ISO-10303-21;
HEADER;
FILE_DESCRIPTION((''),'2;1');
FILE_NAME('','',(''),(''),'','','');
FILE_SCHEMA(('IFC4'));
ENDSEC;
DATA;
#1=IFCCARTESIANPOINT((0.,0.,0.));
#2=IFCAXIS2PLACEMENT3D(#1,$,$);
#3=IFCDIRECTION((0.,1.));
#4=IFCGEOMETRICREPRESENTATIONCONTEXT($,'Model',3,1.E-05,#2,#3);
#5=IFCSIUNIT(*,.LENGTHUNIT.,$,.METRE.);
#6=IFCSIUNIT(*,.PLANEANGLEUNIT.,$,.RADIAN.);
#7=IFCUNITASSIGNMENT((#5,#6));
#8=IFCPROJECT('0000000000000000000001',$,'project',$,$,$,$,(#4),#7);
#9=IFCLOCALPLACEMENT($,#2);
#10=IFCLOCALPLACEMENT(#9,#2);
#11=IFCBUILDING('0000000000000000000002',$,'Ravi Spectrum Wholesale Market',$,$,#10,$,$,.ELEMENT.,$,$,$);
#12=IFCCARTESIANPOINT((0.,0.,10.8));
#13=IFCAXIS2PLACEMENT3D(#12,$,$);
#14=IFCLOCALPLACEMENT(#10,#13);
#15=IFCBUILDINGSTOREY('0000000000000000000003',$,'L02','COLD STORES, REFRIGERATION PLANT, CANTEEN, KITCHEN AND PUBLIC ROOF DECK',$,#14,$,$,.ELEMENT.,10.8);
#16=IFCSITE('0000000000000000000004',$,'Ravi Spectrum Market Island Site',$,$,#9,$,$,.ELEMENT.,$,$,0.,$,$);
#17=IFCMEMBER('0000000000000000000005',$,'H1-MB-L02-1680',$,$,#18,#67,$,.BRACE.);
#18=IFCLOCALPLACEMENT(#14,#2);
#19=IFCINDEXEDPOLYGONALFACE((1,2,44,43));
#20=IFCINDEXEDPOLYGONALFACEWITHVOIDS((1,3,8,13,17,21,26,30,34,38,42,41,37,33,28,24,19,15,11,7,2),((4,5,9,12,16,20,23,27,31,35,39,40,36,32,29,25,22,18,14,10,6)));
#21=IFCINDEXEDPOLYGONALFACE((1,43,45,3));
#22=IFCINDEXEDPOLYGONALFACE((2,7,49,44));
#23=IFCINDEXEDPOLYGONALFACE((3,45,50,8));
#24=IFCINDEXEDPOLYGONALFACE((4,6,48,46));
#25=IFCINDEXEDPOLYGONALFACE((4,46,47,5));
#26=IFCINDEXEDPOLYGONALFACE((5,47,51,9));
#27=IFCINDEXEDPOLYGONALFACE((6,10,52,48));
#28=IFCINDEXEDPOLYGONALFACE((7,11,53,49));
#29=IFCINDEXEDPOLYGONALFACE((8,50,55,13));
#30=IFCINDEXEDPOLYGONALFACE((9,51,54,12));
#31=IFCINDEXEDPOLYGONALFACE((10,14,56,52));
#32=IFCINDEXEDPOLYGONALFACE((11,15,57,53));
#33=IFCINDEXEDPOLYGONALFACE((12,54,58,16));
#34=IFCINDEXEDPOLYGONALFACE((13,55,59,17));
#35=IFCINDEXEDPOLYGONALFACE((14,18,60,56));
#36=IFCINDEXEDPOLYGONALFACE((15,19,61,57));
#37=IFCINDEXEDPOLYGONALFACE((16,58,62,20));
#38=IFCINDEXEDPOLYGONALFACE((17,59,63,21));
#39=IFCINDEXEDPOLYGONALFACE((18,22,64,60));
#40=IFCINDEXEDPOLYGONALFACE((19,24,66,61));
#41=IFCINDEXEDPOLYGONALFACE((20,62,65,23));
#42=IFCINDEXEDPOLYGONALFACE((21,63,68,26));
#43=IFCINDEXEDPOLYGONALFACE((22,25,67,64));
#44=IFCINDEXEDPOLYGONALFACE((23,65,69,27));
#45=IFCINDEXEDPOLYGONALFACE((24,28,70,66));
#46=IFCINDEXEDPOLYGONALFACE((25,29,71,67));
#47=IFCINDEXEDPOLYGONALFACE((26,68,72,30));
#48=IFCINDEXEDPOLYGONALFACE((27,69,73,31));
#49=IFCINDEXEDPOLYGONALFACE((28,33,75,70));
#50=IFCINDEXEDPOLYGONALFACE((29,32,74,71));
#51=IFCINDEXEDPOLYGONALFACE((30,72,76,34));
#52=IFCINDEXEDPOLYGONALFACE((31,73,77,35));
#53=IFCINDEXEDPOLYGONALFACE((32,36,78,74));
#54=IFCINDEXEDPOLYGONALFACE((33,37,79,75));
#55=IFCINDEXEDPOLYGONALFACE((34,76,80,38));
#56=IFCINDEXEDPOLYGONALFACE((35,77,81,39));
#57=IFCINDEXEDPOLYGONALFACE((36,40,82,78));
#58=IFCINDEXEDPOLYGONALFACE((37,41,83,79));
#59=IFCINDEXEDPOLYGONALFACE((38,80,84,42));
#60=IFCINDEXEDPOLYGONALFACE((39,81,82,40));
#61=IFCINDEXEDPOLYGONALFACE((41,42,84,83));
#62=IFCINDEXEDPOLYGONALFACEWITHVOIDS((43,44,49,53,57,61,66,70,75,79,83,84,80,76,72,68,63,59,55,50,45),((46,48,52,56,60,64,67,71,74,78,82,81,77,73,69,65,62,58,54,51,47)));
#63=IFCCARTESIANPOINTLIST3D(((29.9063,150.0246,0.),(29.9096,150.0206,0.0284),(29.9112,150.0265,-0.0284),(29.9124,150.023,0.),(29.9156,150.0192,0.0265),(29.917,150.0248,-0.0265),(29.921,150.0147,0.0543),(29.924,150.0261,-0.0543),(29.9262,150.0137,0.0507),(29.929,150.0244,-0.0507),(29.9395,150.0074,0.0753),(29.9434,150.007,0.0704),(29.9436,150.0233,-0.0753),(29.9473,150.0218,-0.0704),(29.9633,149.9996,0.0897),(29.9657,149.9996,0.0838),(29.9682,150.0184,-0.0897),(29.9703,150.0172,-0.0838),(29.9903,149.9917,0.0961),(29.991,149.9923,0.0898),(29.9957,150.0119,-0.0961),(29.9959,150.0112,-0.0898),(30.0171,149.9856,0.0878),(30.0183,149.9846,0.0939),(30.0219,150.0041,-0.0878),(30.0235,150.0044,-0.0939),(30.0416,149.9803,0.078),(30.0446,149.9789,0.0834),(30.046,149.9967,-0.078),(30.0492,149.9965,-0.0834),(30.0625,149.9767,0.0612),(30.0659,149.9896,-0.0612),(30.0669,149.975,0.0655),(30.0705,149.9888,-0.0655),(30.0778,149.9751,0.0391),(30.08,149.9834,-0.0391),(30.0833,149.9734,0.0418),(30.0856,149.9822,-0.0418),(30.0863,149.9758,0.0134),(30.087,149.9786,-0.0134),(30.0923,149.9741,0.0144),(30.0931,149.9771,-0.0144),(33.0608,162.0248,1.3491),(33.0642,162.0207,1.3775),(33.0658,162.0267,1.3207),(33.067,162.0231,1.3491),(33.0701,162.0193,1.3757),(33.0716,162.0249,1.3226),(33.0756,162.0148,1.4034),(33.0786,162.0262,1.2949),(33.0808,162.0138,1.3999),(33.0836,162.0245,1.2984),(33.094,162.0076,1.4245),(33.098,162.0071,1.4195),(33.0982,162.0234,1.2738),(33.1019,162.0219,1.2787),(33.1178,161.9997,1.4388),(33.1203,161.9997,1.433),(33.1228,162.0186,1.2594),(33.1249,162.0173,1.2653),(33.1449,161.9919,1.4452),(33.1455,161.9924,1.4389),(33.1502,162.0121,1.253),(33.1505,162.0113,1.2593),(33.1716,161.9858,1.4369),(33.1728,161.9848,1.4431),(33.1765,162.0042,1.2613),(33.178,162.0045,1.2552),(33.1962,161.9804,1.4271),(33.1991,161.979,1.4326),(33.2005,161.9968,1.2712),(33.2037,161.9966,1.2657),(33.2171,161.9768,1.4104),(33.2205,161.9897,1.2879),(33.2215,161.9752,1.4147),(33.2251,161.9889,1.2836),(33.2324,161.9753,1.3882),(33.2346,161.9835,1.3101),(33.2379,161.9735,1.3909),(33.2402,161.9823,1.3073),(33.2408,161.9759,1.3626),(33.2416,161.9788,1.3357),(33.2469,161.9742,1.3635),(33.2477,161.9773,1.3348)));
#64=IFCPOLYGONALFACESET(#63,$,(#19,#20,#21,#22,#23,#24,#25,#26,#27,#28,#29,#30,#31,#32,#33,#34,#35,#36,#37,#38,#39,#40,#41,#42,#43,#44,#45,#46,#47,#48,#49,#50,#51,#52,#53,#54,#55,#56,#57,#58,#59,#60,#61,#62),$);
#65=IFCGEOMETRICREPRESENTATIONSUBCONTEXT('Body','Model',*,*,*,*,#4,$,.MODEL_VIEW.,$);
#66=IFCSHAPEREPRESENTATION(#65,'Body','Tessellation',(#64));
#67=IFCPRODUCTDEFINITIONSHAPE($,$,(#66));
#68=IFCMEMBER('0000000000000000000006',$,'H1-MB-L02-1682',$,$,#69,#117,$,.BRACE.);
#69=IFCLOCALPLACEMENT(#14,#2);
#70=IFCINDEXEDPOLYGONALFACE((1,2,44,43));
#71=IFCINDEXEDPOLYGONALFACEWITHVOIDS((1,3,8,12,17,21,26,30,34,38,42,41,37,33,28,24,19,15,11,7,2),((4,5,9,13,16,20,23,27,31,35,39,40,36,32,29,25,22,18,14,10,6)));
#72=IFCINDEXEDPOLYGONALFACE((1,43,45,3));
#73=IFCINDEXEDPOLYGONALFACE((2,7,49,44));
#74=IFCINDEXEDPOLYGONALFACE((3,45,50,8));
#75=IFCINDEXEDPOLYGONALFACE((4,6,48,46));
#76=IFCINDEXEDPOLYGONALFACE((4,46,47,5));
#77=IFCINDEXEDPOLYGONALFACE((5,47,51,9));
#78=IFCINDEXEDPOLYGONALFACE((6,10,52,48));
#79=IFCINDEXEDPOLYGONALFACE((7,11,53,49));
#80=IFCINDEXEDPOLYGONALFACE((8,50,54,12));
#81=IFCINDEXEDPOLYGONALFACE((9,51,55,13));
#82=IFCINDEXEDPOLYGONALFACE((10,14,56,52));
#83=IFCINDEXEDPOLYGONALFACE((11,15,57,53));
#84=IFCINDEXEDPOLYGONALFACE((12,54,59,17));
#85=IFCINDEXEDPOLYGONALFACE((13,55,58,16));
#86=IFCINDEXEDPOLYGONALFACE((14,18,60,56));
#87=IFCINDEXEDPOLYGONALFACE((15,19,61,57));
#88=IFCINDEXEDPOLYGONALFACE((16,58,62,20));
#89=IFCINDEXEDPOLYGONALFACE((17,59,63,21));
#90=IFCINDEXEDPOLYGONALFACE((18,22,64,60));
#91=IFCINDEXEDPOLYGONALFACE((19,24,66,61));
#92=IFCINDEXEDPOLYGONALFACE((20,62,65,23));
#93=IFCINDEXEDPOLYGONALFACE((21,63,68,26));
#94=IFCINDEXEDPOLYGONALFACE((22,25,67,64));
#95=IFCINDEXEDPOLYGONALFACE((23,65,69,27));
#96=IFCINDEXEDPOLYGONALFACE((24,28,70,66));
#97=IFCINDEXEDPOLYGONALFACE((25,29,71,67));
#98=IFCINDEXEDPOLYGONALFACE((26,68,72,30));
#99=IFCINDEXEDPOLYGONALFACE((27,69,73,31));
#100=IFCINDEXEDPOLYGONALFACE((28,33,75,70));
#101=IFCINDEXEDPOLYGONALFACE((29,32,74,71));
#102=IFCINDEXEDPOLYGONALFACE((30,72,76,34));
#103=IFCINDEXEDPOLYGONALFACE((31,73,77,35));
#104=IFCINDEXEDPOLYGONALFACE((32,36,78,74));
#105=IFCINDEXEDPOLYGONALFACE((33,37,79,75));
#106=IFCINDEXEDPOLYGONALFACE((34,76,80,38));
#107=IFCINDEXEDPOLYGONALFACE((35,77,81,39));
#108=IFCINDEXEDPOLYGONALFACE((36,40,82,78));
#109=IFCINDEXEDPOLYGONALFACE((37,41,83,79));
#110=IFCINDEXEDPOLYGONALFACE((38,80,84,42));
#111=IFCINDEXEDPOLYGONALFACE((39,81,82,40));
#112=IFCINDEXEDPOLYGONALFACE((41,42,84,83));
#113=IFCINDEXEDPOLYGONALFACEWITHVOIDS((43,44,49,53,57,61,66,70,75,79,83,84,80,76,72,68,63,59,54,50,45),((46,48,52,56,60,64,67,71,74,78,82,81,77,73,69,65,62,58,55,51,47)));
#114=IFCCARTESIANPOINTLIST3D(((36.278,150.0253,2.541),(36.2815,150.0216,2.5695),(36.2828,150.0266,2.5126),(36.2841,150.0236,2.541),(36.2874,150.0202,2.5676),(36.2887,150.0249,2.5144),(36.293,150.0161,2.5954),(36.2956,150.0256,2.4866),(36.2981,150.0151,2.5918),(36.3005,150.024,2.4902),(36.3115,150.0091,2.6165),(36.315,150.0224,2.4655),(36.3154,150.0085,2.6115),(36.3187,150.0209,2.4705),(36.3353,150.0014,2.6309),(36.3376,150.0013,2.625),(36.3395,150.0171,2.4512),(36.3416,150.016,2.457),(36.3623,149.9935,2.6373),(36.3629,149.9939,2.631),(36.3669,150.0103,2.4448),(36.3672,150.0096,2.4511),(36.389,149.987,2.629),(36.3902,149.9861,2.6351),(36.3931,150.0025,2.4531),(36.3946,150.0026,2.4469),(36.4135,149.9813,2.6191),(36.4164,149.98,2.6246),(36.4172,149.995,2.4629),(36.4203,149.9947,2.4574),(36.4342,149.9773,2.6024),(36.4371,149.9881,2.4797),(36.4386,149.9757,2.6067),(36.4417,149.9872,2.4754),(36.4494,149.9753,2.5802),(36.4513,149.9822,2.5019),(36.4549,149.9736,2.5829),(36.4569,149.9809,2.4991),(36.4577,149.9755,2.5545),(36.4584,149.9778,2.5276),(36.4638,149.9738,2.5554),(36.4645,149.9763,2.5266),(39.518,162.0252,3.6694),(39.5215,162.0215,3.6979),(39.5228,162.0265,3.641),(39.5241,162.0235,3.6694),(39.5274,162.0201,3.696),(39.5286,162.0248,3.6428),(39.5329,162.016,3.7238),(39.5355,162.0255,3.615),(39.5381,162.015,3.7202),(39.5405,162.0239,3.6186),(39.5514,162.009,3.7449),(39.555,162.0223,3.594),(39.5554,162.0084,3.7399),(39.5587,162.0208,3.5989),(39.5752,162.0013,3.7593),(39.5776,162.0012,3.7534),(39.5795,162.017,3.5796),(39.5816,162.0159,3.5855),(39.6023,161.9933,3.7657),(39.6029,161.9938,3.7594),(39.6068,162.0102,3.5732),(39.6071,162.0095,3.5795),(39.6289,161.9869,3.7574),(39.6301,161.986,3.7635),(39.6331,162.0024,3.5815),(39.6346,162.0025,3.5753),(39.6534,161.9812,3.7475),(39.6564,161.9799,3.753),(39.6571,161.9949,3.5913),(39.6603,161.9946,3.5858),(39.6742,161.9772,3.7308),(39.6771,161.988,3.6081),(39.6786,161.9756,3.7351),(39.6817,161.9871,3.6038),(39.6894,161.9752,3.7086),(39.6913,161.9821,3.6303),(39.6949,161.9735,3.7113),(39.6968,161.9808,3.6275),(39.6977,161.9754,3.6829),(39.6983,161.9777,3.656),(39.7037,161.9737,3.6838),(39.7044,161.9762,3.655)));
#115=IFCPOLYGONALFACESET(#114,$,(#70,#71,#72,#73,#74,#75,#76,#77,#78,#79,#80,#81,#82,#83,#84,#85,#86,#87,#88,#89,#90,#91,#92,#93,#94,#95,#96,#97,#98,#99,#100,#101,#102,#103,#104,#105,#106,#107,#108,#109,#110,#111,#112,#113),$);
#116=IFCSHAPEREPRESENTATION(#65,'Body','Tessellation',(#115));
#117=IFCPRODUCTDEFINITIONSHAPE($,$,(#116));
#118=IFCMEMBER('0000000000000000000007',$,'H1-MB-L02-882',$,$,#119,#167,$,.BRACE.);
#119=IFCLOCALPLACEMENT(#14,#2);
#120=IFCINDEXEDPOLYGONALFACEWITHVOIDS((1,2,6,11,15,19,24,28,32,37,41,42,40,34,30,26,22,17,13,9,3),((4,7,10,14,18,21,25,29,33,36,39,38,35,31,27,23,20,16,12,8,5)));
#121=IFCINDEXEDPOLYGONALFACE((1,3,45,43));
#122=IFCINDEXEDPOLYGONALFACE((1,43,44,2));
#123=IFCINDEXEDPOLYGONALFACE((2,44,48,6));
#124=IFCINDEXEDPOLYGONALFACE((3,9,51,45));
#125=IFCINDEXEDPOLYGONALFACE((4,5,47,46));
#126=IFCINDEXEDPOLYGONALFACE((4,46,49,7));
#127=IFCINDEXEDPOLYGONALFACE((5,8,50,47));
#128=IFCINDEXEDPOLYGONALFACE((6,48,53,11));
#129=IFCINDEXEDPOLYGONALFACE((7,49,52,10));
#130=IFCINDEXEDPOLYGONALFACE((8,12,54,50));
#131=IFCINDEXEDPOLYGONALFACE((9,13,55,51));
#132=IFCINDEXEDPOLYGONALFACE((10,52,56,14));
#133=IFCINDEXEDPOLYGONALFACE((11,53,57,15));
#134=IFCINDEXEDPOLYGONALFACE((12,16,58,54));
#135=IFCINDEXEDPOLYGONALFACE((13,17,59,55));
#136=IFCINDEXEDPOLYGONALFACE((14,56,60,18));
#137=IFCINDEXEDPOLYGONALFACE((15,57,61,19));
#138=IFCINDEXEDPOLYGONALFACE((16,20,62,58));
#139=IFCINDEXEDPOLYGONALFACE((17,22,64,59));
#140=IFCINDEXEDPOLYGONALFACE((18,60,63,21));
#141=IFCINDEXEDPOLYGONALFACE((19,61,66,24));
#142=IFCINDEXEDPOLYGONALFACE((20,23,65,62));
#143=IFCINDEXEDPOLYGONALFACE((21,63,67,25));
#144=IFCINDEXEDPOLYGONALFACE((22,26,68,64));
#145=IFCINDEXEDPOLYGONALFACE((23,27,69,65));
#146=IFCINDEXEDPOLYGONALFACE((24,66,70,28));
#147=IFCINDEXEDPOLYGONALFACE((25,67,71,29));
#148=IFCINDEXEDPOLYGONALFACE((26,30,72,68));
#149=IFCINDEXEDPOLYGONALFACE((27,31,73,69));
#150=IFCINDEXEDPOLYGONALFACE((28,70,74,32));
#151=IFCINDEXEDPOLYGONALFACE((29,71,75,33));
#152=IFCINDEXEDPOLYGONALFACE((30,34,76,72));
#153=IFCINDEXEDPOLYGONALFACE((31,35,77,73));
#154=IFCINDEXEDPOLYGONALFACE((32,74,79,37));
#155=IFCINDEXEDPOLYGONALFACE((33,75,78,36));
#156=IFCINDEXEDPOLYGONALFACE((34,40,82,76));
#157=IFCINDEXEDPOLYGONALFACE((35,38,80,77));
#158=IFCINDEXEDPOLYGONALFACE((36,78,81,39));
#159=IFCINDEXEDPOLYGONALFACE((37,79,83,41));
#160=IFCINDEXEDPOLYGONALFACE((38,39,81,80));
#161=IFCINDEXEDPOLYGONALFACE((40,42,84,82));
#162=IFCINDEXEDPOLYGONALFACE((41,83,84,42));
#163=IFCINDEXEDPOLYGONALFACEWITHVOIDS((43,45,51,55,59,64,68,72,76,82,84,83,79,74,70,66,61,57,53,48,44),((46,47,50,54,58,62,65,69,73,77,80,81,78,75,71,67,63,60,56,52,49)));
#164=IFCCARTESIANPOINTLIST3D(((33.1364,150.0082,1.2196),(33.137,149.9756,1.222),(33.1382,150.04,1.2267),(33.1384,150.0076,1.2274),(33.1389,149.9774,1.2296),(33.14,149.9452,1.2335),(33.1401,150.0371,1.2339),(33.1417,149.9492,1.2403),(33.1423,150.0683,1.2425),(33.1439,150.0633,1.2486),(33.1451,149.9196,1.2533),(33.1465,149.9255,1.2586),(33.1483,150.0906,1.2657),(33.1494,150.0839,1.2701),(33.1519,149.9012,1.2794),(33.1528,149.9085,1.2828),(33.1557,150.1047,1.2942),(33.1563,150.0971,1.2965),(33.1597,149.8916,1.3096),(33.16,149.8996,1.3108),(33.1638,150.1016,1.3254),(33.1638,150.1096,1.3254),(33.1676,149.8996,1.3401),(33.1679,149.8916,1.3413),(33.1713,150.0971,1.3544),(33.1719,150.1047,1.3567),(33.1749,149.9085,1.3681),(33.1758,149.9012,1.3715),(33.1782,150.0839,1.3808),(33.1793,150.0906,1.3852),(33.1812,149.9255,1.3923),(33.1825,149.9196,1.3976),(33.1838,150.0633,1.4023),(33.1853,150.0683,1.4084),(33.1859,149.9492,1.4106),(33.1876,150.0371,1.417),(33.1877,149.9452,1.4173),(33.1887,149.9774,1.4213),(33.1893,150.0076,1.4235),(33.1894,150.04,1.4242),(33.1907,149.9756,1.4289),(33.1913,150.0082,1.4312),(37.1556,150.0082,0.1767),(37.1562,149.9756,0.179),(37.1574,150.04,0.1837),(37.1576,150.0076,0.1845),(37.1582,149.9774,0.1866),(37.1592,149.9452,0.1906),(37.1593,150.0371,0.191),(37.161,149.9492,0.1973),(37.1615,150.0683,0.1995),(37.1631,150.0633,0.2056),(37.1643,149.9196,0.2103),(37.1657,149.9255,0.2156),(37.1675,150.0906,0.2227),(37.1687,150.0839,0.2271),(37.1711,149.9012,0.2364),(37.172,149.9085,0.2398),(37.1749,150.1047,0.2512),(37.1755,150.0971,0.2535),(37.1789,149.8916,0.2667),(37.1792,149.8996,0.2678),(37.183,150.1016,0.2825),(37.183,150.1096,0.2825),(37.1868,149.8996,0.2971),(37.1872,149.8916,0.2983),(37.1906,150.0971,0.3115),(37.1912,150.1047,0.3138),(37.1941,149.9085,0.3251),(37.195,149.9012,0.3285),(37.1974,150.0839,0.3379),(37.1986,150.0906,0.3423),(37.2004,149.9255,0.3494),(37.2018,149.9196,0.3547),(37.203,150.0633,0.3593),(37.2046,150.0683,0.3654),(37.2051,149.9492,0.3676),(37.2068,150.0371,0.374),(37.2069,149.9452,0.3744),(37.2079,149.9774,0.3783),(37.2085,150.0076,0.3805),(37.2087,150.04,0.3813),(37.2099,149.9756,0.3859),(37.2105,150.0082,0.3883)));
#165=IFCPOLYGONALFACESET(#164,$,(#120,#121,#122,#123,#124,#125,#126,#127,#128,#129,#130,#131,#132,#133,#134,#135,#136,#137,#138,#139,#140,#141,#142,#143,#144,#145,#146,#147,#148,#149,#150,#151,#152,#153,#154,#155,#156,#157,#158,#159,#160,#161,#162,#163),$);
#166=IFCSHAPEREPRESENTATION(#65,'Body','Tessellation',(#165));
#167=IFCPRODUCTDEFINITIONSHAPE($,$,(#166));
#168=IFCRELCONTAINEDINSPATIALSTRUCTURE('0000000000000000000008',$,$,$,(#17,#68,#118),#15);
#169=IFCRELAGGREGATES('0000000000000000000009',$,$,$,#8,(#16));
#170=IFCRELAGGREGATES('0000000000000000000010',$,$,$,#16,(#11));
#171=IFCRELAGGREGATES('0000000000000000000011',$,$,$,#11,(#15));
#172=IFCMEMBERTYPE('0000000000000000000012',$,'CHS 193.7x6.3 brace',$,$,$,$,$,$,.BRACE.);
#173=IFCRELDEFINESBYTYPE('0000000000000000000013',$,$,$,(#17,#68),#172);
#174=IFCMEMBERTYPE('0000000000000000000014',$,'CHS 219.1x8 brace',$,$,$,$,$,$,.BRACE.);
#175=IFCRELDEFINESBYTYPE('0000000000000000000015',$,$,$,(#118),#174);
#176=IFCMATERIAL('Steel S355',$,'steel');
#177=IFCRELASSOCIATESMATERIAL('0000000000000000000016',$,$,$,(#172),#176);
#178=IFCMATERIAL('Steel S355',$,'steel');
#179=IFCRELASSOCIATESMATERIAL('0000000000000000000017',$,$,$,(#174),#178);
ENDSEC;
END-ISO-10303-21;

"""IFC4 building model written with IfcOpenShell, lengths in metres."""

from ifc_helpers import new_model, si_unit, direction, frame, origin, origin_2d, place, context, subcontext, project, spatial, hollow_circle, extrude, material, material_profile, profile_set, type_object, element, save


model = new_model("IFC4")

# Units and contexts
model_context = context("Model", 3, precision=1e-05, world=origin(), true_north=direction((0.0, 1.0)))
body_context = subcontext(model_context, "Body", "Model", "MODEL_VIEW")
ifc_project = project(units=[si_unit("LENGTHUNIT", "METRE"), si_unit("PLANEANGLEUNIT", "RADIAN")], contexts=[model_context])

# Site, building, storey
site_placement = place(None, origin())
site = spatial("IfcSite", under=ifc_project, at=site_placement, Name="Ravi Spectrum Market Island Site", CompositionType="ELEMENT", RefElevation=0.0)
building_placement = place(site_placement, origin())
building = spatial("IfcBuilding", under=site, at=building_placement, Name="Ravi Spectrum Wholesale Market", CompositionType="ELEMENT")
storey_placement = place(building_placement, frame((0.0, 0.0, 10.8)))
storey = spatial("IfcBuildingStorey", under=building, at=storey_placement, Name="L02", Description="COLD STORES, REFRIGERATION PLANT, CANTEEN, KITCHEN AND PUBLIC ROOF DECK", CompositionType="ELEMENT", Elevation=10.8)

# Members
ifc_material_1 = material(Name="Steel S355", Category="steel")
ifc_material_profile_1 = material_profile(ifc_material_1, hollow_circle(Radius=0.0969, WallThickness=0.0063, at=origin_2d()))
ifc_profile_set_1 = profile_set([ifc_material_profile_1], Name="Steel S355")
member_type_1 = type_object("IfcMemberType", Name="CHS 193.7x6.3 brace", PredefinedType="BRACE", material=ifc_profile_set_1)
member_1_placement = place(storey_placement, frame((30.0, 150.0, 0.0), z_axis=(0.252751, 0.961474, 0.108095), x_axis=(-0.967141, 0.254241, 0.0)))
element("IfcMember", 1, at=member_1_placement, inside=storey, type_object=member_type_1, Name="H1-MB-L02-1680", PredefinedType="BRACE", context=body_context, shape_type="SweptSolid", body=[
    extrude(hollow_circle(Radius=0.0969, WallThickness=0.0063, at=origin_2d()), origin(), (0.0, 0.0, 1.0), 12.481),
])
member_2_placement = place(storey_placement, frame((36.3716, 150.0, 2.541), z_axis=(0.259598, 0.961475, 0.090412), x_axis=(-0.965429, 0.260665, 0.0)))
element("IfcMember", 2, at=member_2_placement, inside=storey, type_object=member_type_1, Name="H1-MB-L02-1682", PredefinedType="BRACE", context=body_context, shape_type="SweptSolid", body=[
    extrude(hollow_circle(Radius=0.0969, WallThickness=0.0063, at=origin_2d()), origin(), (0.0, 0.0, 1.0), 12.4807),
])
ifc_material_2 = material(Name="Steel S355", Category="steel")
ifc_material_profile_2 = material_profile(ifc_material_2, hollow_circle(Radius=0.1096, WallThickness=0.0081, at=origin_2d()))
ifc_profile_set_2 = profile_set([ifc_material_profile_2], Name="Steel S355")
member_type_2 = type_object("IfcMemberType", Name="CHS 219.1x8 brace", PredefinedType="BRACE", material=ifc_profile_set_2)
member_3_placement = place(storey_placement, frame((33.1638, 150.0, 1.3254), z_axis=(0.967942, 0.0, -0.251172), x_axis=(0.0, 1.0, 0.0)))
element("IfcMember", 3, at=member_3_placement, inside=storey, type_object=member_type_2, Name="H1-MB-L02-882", PredefinedType="BRACE", context=body_context, shape_type="SweptSolid", body=[
    extrude(hollow_circle(Radius=0.1096, WallThickness=0.0081, at=origin_2d()), origin(), (0.0, 0.0, 1.0), 4.1523),
])

save(model, "model.ifc")
